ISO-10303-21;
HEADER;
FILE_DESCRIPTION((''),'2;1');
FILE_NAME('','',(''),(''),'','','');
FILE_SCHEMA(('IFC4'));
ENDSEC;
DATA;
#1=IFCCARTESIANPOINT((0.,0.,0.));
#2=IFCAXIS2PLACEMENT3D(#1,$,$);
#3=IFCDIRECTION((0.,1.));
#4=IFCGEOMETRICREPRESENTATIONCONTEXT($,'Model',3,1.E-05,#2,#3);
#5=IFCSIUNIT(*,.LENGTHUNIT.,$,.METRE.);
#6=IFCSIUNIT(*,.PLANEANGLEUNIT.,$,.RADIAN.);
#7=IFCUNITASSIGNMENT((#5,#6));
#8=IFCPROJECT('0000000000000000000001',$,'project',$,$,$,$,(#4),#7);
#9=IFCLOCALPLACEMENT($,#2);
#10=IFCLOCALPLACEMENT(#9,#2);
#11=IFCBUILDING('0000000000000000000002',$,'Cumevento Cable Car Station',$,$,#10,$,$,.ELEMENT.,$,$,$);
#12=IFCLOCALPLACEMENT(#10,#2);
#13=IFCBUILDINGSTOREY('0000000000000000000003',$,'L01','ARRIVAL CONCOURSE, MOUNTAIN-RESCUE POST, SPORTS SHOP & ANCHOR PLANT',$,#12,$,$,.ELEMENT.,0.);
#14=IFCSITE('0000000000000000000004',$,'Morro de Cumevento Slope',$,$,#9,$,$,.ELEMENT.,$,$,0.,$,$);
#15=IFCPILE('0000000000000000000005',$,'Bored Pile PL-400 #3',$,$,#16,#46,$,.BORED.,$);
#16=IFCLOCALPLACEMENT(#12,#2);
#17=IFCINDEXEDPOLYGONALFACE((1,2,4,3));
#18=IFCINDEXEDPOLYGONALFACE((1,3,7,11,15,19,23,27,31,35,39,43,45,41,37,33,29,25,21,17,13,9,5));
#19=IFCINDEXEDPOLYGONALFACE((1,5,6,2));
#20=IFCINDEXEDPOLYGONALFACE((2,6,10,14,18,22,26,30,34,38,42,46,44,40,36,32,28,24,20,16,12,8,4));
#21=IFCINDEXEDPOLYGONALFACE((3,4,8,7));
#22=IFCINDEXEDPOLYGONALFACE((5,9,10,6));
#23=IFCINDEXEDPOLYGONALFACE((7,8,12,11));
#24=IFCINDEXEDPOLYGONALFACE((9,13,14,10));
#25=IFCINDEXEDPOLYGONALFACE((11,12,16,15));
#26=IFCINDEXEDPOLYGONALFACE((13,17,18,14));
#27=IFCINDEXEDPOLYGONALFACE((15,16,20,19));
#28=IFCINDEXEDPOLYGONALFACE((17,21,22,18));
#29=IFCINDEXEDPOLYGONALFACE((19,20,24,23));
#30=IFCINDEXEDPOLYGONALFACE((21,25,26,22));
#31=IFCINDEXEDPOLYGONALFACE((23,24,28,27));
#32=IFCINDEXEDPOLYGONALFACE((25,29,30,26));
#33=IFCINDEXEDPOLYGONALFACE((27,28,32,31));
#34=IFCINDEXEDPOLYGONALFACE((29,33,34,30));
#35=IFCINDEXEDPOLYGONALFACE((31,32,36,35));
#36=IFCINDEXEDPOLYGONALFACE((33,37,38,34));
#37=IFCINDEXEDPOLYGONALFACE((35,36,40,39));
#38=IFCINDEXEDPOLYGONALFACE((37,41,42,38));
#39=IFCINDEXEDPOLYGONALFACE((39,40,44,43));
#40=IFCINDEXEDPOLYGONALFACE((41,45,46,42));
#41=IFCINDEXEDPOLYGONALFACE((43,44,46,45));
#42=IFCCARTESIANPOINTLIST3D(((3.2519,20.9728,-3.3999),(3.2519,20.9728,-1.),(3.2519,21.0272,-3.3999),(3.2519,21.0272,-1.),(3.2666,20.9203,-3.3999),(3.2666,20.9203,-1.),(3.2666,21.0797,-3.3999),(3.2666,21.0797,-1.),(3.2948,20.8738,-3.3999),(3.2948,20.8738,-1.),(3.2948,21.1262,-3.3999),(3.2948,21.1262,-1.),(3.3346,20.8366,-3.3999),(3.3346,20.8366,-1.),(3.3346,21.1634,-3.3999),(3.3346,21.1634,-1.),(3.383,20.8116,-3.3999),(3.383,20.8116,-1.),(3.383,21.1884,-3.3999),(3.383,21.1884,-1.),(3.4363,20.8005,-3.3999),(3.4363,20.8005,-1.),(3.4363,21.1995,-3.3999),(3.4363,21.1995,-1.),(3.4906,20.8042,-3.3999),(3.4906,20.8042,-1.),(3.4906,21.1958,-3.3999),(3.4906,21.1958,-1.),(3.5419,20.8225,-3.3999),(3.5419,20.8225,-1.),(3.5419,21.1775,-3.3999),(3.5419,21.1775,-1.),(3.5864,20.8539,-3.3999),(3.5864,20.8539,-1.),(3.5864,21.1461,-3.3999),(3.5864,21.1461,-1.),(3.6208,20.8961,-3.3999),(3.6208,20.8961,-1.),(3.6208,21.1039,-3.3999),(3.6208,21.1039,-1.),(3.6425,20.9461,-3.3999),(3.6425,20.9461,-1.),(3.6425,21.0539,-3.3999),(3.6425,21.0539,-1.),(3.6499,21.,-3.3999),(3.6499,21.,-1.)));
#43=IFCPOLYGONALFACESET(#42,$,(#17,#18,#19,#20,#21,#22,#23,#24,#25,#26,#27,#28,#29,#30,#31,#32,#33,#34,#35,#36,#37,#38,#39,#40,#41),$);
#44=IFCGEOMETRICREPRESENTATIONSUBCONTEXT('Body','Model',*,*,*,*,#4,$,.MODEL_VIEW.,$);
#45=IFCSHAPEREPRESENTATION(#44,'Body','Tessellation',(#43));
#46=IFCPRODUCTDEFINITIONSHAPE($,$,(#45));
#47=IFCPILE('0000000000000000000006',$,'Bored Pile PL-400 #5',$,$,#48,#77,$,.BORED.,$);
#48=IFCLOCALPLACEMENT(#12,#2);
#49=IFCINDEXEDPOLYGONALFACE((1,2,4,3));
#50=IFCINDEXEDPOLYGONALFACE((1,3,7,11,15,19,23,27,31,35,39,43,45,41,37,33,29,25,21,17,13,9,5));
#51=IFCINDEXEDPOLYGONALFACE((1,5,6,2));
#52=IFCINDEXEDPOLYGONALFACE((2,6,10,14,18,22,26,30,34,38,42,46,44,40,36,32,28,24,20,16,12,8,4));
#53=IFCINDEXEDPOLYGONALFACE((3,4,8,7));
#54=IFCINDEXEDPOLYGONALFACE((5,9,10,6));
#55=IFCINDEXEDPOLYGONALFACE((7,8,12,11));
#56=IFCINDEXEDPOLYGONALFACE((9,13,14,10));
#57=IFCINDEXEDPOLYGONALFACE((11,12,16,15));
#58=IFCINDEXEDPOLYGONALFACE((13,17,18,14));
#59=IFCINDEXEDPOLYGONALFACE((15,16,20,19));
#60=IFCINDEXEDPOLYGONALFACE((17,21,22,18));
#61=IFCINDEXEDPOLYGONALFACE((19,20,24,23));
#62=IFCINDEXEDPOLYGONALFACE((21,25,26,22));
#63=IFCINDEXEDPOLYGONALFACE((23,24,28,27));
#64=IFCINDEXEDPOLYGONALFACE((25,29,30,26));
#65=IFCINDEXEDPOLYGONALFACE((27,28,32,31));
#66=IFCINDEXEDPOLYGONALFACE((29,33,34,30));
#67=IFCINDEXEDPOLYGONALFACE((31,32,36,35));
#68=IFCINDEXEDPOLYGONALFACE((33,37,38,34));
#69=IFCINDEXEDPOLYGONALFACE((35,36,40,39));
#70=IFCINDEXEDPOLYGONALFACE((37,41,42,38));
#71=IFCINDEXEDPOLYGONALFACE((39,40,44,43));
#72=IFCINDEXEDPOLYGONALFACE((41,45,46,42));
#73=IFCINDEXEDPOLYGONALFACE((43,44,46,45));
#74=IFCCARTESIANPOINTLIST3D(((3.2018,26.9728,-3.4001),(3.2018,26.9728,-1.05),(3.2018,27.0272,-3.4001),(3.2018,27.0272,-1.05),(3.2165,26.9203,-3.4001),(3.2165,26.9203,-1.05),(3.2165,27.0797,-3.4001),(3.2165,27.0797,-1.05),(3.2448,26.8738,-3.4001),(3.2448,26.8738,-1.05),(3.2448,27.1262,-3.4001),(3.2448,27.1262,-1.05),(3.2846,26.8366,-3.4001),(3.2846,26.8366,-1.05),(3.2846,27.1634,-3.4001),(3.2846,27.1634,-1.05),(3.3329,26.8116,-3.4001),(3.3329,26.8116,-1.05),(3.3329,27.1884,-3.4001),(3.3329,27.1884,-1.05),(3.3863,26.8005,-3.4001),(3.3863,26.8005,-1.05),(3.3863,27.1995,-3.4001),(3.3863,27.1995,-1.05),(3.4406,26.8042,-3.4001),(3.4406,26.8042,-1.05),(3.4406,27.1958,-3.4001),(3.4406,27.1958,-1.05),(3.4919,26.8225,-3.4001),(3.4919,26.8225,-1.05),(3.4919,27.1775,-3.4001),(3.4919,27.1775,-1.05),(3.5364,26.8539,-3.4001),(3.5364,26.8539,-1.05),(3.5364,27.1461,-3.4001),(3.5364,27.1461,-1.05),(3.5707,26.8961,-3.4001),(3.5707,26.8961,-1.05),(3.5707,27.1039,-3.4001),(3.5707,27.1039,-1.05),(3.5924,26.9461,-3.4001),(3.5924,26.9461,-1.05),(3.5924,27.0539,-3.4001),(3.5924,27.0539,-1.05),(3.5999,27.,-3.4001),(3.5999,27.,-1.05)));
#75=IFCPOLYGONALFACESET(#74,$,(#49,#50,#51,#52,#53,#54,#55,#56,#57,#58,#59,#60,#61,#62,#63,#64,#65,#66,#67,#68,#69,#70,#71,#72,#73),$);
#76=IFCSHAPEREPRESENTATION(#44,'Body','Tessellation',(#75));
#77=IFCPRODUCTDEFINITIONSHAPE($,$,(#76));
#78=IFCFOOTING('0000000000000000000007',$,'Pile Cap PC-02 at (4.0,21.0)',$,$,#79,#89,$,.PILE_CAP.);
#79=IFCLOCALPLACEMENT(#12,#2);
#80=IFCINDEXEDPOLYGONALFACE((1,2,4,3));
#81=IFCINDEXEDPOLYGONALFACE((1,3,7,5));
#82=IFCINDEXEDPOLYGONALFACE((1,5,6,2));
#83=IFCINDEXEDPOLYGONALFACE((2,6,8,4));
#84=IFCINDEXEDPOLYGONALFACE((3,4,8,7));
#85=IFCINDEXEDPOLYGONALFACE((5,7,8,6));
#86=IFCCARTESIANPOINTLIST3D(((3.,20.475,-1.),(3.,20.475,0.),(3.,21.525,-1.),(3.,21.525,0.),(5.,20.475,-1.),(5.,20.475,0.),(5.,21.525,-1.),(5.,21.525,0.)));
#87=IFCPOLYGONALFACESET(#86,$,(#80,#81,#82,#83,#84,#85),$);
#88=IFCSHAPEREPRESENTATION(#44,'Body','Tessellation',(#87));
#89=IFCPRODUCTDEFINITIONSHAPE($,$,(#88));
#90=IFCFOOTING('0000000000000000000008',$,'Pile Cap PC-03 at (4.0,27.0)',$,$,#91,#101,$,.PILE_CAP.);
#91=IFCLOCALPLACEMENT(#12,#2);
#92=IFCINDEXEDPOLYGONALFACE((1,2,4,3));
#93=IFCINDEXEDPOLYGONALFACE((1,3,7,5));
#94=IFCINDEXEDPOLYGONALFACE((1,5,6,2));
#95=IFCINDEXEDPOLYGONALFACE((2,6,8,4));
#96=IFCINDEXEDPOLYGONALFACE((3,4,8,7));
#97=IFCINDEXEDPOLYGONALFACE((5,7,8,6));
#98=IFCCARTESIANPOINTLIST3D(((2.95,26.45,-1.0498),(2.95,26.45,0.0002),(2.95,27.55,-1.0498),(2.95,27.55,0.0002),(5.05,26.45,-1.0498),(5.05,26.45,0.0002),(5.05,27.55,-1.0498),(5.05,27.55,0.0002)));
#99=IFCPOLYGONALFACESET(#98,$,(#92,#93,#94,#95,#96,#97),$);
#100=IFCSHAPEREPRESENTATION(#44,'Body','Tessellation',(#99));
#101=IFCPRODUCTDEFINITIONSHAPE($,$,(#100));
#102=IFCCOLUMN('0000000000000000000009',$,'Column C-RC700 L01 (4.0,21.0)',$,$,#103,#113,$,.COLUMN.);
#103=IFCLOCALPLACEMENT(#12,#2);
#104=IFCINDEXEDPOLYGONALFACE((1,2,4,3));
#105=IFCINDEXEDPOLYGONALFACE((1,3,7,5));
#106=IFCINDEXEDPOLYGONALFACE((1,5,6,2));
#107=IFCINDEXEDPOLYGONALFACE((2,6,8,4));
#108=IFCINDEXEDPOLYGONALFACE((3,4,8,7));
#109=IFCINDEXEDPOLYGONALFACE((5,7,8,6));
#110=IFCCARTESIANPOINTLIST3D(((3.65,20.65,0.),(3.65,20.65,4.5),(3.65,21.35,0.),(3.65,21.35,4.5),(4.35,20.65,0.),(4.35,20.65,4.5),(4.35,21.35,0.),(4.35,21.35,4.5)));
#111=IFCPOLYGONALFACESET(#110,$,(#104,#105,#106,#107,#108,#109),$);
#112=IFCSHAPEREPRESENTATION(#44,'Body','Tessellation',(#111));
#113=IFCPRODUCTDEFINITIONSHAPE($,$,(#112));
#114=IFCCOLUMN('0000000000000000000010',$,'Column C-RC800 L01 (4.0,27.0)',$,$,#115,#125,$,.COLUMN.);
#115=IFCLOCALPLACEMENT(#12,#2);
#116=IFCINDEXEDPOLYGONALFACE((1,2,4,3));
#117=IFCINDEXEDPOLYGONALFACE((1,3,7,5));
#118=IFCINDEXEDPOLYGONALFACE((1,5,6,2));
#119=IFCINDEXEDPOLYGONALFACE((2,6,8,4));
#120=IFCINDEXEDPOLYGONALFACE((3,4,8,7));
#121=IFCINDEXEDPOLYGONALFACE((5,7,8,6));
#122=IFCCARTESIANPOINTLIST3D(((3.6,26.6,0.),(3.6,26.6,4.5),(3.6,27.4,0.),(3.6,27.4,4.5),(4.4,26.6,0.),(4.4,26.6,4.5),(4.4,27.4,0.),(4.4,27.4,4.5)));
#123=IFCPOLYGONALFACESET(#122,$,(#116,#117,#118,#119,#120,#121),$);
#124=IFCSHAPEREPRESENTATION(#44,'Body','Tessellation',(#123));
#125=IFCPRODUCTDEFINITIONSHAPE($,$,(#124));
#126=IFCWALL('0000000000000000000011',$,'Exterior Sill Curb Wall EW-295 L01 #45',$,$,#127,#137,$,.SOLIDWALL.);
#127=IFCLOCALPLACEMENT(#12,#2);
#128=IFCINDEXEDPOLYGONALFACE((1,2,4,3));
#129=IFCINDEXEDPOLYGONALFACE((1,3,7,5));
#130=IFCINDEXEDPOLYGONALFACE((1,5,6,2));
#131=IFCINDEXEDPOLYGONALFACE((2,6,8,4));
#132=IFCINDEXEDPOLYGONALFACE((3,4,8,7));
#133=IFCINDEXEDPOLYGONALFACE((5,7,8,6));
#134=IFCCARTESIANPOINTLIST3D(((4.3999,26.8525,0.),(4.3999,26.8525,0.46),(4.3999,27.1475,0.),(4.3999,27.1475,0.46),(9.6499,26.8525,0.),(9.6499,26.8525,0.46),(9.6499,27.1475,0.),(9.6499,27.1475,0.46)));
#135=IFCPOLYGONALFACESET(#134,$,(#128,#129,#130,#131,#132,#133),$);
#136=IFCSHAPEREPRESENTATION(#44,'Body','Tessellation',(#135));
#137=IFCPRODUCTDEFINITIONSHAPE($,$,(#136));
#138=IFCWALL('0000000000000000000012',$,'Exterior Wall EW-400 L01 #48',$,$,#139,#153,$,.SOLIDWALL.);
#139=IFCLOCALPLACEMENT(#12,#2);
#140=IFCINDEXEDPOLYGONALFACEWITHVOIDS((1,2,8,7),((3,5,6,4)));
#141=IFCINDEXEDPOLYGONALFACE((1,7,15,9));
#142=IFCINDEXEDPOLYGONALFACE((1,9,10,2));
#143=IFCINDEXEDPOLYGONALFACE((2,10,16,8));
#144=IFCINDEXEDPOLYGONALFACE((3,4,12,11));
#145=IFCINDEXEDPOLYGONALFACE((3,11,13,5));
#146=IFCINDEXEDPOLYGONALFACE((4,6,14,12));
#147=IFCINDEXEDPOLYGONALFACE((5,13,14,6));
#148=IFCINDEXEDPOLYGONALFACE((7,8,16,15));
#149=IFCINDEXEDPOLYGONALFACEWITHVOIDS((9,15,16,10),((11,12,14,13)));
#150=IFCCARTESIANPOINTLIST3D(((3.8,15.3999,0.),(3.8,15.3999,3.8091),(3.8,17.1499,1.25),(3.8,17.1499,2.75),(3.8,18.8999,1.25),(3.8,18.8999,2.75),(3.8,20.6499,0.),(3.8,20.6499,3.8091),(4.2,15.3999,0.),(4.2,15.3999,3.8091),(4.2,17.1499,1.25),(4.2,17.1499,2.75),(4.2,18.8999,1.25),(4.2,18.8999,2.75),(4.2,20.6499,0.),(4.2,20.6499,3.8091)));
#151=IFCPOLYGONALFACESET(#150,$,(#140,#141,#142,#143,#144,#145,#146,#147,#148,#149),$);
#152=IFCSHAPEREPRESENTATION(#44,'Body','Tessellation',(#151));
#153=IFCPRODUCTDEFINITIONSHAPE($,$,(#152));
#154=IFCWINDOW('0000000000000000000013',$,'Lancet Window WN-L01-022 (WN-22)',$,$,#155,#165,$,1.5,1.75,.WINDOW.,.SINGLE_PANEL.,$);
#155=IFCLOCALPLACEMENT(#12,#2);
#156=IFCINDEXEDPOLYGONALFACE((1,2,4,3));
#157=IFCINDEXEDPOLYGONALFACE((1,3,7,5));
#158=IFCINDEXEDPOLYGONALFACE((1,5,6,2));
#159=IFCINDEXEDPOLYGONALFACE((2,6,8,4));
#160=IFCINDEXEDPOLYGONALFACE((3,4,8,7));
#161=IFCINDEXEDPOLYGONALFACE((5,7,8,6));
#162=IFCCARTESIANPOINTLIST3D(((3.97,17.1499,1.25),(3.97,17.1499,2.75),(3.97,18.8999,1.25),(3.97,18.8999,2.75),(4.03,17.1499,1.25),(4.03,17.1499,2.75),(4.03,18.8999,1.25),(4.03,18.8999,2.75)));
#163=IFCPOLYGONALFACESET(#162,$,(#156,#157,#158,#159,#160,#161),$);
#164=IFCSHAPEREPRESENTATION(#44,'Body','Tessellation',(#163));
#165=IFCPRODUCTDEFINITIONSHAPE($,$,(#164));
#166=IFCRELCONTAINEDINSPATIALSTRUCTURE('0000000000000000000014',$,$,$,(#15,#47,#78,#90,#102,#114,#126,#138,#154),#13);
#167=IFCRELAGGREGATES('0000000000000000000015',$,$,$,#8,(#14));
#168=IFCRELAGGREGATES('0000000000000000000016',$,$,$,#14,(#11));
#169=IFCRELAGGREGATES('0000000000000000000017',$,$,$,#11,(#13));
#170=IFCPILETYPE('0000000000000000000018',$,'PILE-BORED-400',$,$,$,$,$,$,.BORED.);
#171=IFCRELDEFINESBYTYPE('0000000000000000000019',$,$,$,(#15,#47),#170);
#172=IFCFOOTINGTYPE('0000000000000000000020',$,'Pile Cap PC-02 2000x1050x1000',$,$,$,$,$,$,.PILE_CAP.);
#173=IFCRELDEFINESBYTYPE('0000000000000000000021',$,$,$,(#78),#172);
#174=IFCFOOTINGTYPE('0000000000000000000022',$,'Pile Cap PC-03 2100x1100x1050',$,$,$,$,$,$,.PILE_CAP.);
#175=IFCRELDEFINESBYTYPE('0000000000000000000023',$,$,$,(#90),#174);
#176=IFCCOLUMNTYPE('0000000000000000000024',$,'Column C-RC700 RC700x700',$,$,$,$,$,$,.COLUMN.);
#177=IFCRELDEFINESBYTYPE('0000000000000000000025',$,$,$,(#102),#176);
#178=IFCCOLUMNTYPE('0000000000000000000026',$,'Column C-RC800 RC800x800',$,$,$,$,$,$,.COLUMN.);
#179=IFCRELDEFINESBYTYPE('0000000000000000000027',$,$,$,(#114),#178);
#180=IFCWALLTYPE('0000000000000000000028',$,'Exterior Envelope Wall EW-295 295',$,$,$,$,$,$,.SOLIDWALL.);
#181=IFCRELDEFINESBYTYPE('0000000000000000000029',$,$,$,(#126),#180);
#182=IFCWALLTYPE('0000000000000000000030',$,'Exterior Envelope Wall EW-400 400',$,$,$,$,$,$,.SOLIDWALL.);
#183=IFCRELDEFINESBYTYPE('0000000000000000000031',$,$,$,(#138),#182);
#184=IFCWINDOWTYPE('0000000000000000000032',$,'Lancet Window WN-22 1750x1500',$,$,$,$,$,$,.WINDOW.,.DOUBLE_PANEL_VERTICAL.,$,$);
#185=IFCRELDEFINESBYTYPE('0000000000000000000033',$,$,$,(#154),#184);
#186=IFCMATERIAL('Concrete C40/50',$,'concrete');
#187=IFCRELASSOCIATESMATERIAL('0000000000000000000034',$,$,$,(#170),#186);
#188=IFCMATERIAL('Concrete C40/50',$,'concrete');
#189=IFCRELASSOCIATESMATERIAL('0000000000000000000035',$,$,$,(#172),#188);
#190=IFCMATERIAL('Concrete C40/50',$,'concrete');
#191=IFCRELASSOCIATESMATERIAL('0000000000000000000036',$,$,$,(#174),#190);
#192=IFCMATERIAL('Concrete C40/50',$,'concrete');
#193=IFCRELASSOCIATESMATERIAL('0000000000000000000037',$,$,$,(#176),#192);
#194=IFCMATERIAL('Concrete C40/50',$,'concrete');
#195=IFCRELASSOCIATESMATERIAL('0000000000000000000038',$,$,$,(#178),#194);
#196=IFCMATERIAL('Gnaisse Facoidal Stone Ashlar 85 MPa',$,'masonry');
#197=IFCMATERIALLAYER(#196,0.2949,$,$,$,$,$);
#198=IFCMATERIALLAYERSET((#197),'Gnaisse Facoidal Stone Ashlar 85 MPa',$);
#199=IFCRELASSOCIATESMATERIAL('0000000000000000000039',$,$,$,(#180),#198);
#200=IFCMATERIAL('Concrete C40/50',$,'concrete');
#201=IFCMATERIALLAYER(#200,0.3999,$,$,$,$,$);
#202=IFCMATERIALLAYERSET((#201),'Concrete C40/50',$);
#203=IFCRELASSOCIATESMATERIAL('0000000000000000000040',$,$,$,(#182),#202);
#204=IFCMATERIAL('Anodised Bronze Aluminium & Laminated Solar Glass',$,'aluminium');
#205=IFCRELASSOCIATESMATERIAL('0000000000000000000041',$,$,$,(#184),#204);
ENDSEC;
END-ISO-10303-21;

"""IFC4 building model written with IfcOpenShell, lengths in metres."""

from ifc_helpers import new_model, si_unit, direction, frame, frame_2d, origin, origin_2d, place, context, subcontext, project, spatial, rectangle, circle, extrude, material, layer, layer_set, material_profile, profile_set, type_object, element, fill, save


model = new_model("IFC4")

# Units and contexts
model_context = context("Model", 3, precision=1e-05, world=origin(), true_north=direction((0.0, 1.0)))
body_context = subcontext(model_context, "Body", "Model", "MODEL_VIEW")
ifc_project = project(units=[si_unit("LENGTHUNIT", "METRE"), si_unit("PLANEANGLEUNIT", "RADIAN")], contexts=[model_context])

# Site, building, storey
site_placement = place(None, origin())
site = spatial("IfcSite", under=ifc_project, at=site_placement, Name="Morro de Cumevento Slope", CompositionType="ELEMENT", RefElevation=0.0)
building_placement = place(site_placement, origin())
building = spatial("IfcBuilding", under=site, at=building_placement, Name="Cumevento Cable Car Station", CompositionType="ELEMENT")
storey_placement = place(building_placement, origin())
storey = spatial("IfcBuildingStorey", under=building, at=storey_placement, Name="L01", Description="ARRIVAL CONCOURSE, MOUNTAIN-RESCUE POST, SPORTS SHOP & ANCHOR PLANT", CompositionType="ELEMENT", Elevation=0.0)

# Piles
ifc_material_1 = material(Name="Concrete C40/50", Category="concrete")
ifc_material_profile_1 = material_profile(ifc_material_1, circle(Radius=0.2, at=origin_2d()), Name="PILE-D400")
ifc_profile_set_1 = profile_set([ifc_material_profile_1], Name="Concrete C40/50")
pile_type = type_object("IfcPileType", Name="PILE-BORED-400", PredefinedType="BORED", material=ifc_profile_set_1)
pile_1_placement = place(storey_placement, frame((3.45, 21.0, -1.0), z_axis=(0.0, 0.0, -1.0), x_axis=(1.0, 0.0, 0.0)))
element("IfcPile", 1, at=pile_1_placement, inside=storey, type_object=pile_type, Name="Bored Pile PL-400 #3", PredefinedType="BORED", context=body_context, shape_type="SweptSolid", body=[
    extrude(circle(Radius=0.2, at=origin_2d()), origin(), (0.0, 0.0, 1.0), 2.3999),
])
pile_2_placement = place(storey_placement, frame((3.3999, 27.0, -1.05), z_axis=(0.0, 0.0, -1.0), x_axis=(1.0, 0.0, 0.0)))
element("IfcPile", 2, at=pile_2_placement, inside=storey, type_object=pile_type, Name="Bored Pile PL-400 #5", PredefinedType="BORED", context=body_context, shape_type="SweptSolid", body=[
    extrude(circle(Radius=0.2, at=origin_2d()), origin(), (0.0, 0.0, 1.0), 2.3501),
])

# Footings
ifc_material_2 = material(Name="Concrete C40/50", Category="concrete")
footing_type_1 = type_object("IfcFootingType", Name="Pile Cap PC-02 2000x1050x1000", PredefinedType="PILE_CAP", material=ifc_material_2)
footing_1_placement = place(storey_placement, frame((4.0, 21.0, -1.0), z_axis=(0.0, 0.0, 1.0), x_axis=(1.0, 0.0, 0.0)))
element("IfcFooting", 3, at=footing_1_placement, inside=storey, type_object=footing_type_1, Name="Pile Cap PC-02 at (4.0,21.0)", PredefinedType="PILE_CAP", context=body_context, shape_type="SweptSolid", body=[
    extrude(rectangle(XDim=2.0, YDim=1.05, at=origin_2d()), origin(), (0.0, 0.0, 1.0), 1.0),
])
ifc_material_3 = material(Name="Concrete C40/50", Category="concrete")
footing_type_2 = type_object("IfcFootingType", Name="Pile Cap PC-03 2100x1100x1050", PredefinedType="PILE_CAP", material=ifc_material_3)
footing_2_placement = place(storey_placement, frame((4.0, 27.0, -1.0498), z_axis=(0.0, 0.0, 1.0), x_axis=(1.0, 0.0, 0.0)))
element("IfcFooting", 4, at=footing_2_placement, inside=storey, type_object=footing_type_2, Name="Pile Cap PC-03 at (4.0,27.0)", PredefinedType="PILE_CAP", context=body_context, shape_type="SweptSolid", body=[
    extrude(rectangle(XDim=2.1001, YDim=1.1001, at=origin_2d()), origin(), (0.0, 0.0, 1.0), 1.05),
])

# Columns
ifc_material_4 = material(Name="Concrete C40/50", Category="concrete")
ifc_material_profile_2 = material_profile(ifc_material_4, rectangle(XDim=0.7, YDim=0.7, at=origin_2d()), Name="RC700x700")
ifc_profile_set_2 = profile_set([ifc_material_profile_2], Name="Concrete C40/50")
column_type_1 = type_object("IfcColumnType", Name="Column C-RC700 RC700x700", PredefinedType="COLUMN", material=ifc_profile_set_2)
column_1_placement = place(storey_placement, frame((4.0, 21.0, 0.0), z_axis=(0.0, 0.0, 1.0), x_axis=(1.0, 0.0, 0.0)))
element("IfcColumn", 5, at=column_1_placement, inside=storey, type_object=column_type_1, Name="Column C-RC700 L01 (4.0,21.0)", PredefinedType="COLUMN", context=body_context, shape_type="SweptSolid", body=[
    extrude(rectangle(XDim=0.7, YDim=0.7, at=origin_2d()), origin(), (0.0, 0.0, 1.0), 4.5),
])
ifc_material_5 = material(Name="Concrete C40/50", Category="concrete")
ifc_material_profile_3 = material_profile(ifc_material_5, rectangle(XDim=0.8, YDim=0.8, at=origin_2d()), Name="RC800x800")
ifc_profile_set_3 = profile_set([ifc_material_profile_3], Name="Concrete C40/50")
column_type_2 = type_object("IfcColumnType", Name="Column C-RC800 RC800x800", PredefinedType="COLUMN", material=ifc_profile_set_3)
column_2_placement = place(storey_placement, frame((4.0, 27.0, 0.0), z_axis=(0.0, 0.0, 1.0), x_axis=(1.0, 0.0, 0.0)))
element("IfcColumn", 6, at=column_2_placement, inside=storey, type_object=column_type_2, Name="Column C-RC800 L01 (4.0,27.0)", PredefinedType="COLUMN", context=body_context, shape_type="SweptSolid", body=[
    extrude(rectangle(XDim=0.8, YDim=0.8, at=origin_2d()), origin(), (0.0, 0.0, 1.0), 4.5),
])

# Wall
ifc_material_6 = material(Name="Gnaisse Facoidal Stone Ashlar 85 MPa", Category="masonry")
ifc_layer_1 = layer(ifc_material_6, 0.2949)
ifc_layer_set_1 = layer_set([ifc_layer_1], Name="Gnaisse Facoidal Stone Ashlar 85 MPa")
wall_type_1 = type_object("IfcWallType", Name="Exterior Envelope Wall EW-295 295", PredefinedType="SOLIDWALL", material=ifc_layer_set_1)
wall_1_placement = place(storey_placement, frame((4.3999, 27.0, 0.0), z_axis=(0.0, 0.0, 1.0), x_axis=(1.0, 0.0, 0.0)))
element("IfcWall", 7, at=wall_1_placement, inside=storey, type_object=wall_type_1, Name="Exterior Sill Curb Wall EW-295 L01 #45", PredefinedType="SOLIDWALL", context=body_context, shape_type="SweptSolid", body=[
    extrude(rectangle(XDim=5.25, YDim=0.2949, at=frame_2d((2.625, 0.0))), origin(), (0.0, 0.0, 1.0), 0.46),
])

# Wall, opening, window
ifc_material_7 = material(Name="Concrete C40/50", Category="concrete")
ifc_layer_2 = layer(ifc_material_7, 0.3999)
ifc_layer_set_2 = layer_set([ifc_layer_2], Name="Concrete C40/50")
wall_type_2 = type_object("IfcWallType", Name="Exterior Envelope Wall EW-400 400", PredefinedType="SOLIDWALL", material=ifc_layer_set_2)
wall_2_placement = place(storey_placement, frame((4.0, 15.3999, 0.0), z_axis=(0.0, 0.0, 1.0), x_axis=(0.0, 1.0, 0.0)))
wall_2 = element("IfcWall", 8, at=wall_2_placement, inside=storey, type_object=wall_type_2, Name="Exterior Wall EW-400 L01 #48", PredefinedType="SOLIDWALL", context=body_context, shape_type="SweptSolid", body=[
    extrude(rectangle(XDim=5.25, YDim=0.3999, at=frame_2d((2.625, 0.0))), origin(), (0.0, 0.0, 1.0), 3.8091),
])
opening_1_placement = place(wall_2_placement, frame((1.75, 0.0, 1.25)))
opening_1 = element("IfcOpeningElement", 9, at=opening_1_placement, cuts=wall_2, PredefinedType="OPENING", context=body_context, shape_type="SweptSolid", body=[
    extrude(rectangle(XDim=1.75, YDim=1.5, at=frame_2d((0.875, 0.75))), frame((0.0, 0.21, 0.0), z_axis=(0.0, -1.0, 0.0), x_axis=(1.0, 0.0, 0.0)), (0.0, 0.0, 1.0), 0.4199),
])
ifc_material_8 = material(Name="Anodised Bronze Aluminium & Laminated Solar Glass", Category="aluminium")
window_type_1 = type_object("IfcWindowType", Name="Lancet Window WN-22 1750x1500", PartitioningType="DOUBLE_PANEL_VERTICAL", PredefinedType="WINDOW", material=ifc_material_8)
window_1_placement = place(opening_1_placement, origin())
window_1 = element("IfcWindow", 10, at=window_1_placement, inside=storey, type_object=window_type_1, Name="Lancet Window WN-L01-022 (WN-22)", OverallHeight=1.5, OverallWidth=1.75, PartitioningType="SINGLE_PANEL", PredefinedType="WINDOW", context=body_context, shape_type="SweptSolid", body=[
    extrude(rectangle(XDim=1.75, YDim=1.5, at=frame_2d((0.875, 0.75))), frame((0.0, 0.03, 0.0), z_axis=(0.0, -1.0, 0.0), x_axis=(1.0, 0.0, 0.0)), (0.0, 0.0, 1.0), 0.0601),
])
fill(opening_1, window_1)

save(model, "model.ifc")
